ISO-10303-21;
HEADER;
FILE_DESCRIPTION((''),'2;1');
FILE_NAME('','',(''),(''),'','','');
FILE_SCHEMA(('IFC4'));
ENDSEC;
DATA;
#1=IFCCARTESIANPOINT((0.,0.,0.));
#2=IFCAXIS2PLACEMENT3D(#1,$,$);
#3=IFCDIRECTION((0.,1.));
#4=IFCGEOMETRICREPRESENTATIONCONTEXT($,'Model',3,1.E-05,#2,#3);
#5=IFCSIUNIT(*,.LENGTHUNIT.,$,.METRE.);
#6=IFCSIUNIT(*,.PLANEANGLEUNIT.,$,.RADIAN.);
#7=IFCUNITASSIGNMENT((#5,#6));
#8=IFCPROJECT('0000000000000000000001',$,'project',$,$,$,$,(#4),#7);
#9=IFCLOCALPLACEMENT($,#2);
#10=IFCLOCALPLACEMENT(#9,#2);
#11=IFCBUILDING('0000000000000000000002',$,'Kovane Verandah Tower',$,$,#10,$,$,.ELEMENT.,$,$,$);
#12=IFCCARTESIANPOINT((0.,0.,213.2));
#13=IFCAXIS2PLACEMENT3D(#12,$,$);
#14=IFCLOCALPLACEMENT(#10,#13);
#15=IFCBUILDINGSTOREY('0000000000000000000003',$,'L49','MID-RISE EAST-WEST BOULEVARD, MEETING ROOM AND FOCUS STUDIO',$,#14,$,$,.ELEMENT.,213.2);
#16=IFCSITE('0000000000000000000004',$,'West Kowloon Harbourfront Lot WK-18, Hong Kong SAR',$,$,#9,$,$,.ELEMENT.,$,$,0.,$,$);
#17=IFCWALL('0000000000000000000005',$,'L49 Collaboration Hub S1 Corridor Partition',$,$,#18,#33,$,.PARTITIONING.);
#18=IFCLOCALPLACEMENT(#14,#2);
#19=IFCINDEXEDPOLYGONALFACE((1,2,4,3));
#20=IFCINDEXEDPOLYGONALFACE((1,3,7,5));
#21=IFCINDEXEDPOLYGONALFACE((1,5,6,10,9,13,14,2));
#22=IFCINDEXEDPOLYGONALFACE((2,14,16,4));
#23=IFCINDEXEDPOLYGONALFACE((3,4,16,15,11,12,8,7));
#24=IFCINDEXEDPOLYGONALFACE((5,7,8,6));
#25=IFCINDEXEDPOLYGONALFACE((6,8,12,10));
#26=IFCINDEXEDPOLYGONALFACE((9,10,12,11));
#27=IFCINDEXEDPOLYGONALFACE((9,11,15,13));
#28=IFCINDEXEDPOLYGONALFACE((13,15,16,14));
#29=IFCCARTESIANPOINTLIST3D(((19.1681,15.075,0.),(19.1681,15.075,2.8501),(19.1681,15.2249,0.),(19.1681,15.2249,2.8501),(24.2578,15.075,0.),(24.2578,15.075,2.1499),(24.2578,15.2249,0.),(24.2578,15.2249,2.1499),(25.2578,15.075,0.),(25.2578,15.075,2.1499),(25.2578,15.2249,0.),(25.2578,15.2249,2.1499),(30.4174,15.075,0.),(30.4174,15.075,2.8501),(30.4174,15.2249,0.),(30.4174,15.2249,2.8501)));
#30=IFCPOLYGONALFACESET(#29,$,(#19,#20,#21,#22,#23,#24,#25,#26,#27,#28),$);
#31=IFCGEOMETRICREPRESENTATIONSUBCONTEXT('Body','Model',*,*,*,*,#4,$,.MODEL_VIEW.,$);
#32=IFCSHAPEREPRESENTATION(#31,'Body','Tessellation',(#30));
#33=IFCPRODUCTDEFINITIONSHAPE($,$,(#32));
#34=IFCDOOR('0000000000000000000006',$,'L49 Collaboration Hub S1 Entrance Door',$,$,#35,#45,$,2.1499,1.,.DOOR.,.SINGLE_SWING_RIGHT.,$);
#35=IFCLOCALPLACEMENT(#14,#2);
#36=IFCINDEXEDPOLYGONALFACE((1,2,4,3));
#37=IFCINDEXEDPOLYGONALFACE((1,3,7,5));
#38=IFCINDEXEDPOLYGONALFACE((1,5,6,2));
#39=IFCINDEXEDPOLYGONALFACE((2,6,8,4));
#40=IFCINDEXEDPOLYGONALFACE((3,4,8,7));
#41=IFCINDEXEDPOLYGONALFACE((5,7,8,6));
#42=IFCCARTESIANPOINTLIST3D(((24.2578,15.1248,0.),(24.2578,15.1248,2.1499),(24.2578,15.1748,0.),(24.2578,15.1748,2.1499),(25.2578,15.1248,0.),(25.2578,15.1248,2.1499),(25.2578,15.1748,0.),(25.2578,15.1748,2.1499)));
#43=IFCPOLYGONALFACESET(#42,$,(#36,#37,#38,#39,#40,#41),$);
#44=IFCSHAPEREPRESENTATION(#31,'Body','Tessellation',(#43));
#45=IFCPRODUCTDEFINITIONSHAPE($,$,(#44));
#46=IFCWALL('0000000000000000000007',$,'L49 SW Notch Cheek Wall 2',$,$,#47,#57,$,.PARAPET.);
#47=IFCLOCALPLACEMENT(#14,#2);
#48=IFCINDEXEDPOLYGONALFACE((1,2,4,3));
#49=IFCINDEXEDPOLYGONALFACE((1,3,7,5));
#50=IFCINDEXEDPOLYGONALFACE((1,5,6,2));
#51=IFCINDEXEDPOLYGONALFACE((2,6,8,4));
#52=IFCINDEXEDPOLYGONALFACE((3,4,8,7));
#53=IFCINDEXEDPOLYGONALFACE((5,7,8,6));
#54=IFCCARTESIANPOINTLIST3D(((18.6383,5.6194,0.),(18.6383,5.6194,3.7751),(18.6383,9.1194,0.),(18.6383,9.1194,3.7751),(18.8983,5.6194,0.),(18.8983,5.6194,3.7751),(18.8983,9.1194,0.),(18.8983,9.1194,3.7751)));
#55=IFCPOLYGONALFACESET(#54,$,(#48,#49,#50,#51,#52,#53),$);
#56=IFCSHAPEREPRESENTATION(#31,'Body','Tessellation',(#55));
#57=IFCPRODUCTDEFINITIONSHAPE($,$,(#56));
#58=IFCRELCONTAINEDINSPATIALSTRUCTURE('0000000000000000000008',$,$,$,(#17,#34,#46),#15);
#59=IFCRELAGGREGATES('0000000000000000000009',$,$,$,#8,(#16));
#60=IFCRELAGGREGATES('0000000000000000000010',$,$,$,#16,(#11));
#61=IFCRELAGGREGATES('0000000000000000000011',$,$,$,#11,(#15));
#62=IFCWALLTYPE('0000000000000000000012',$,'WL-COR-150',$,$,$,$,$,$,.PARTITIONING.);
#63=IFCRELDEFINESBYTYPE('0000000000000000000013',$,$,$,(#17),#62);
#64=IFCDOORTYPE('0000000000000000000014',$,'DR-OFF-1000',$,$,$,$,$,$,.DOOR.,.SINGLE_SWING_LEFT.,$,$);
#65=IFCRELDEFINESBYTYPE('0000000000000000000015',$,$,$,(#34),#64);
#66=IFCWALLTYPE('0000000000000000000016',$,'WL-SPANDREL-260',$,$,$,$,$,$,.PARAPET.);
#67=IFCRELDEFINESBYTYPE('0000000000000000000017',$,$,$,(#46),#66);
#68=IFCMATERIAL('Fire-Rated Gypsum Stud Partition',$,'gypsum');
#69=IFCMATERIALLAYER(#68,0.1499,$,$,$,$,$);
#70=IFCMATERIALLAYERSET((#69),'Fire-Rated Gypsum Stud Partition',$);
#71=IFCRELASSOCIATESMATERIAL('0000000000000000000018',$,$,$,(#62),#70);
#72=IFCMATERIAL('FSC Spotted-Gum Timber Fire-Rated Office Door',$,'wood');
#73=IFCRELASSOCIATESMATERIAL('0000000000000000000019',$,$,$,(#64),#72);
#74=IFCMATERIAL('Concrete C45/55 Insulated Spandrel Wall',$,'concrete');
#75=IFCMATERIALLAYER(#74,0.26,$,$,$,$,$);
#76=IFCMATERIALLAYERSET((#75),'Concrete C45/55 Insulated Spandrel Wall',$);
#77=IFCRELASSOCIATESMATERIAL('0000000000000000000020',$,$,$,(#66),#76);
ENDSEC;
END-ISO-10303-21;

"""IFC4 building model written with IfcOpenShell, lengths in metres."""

from ifc_helpers import new_model, si_unit, direction, frame, frame_2d, origin, place, context, subcontext, project, spatial, rectangle, extrude, material, layer, layer_set, type_object, element, fill, save


model = new_model("IFC4")

# Units and contexts
model_context = context("Model", 3, precision=1e-05, world=origin(), true_north=direction((0.0, 1.0)))
body_context = subcontext(model_context, "Body", "Model", "MODEL_VIEW")
ifc_project = project(units=[si_unit("LENGTHUNIT", "METRE"), si_unit("PLANEANGLEUNIT", "RADIAN")], contexts=[model_context])

# Site, building, storey
site_placement = place(None, origin())
site = spatial("IfcSite", under=ifc_project, at=site_placement, Name="West Kowloon Harbourfront Lot WK-18, Hong Kong SAR", CompositionType="ELEMENT", RefElevation=0.0)
building_placement = place(site_placement, origin())
building = spatial("IfcBuilding", under=site, at=building_placement, Name="Kovane Verandah Tower", CompositionType="ELEMENT")
storey_placement = place(building_placement, frame((0.0, 0.0, 213.2)))
storey = spatial("IfcBuildingStorey", under=building, at=storey_placement, Name="L49", Description="MID-RISE EAST-WEST BOULEVARD, MEETING ROOM AND FOCUS STUDIO", CompositionType="ELEMENT", Elevation=213.2)

# Wall, opening, door
ifc_material_1 = material(Name="Fire-Rated Gypsum Stud Partition", Category="gypsum")
ifc_layer_1 = layer(ifc_material_1, 0.1499)
ifc_layer_set_1 = layer_set([ifc_layer_1], Name="Fire-Rated Gypsum Stud Partition")
wall_type_1 = type_object("IfcWallType", Name="WL-COR-150", PredefinedType="PARTITIONING", material=ifc_layer_set_1)
wall_1_placement = place(storey_placement, frame((19.1682, 15.1499, 0.0), z_axis=(0.0, 0.0, 1.0), x_axis=(1.0, 0.0, 0.0)))
wall_1 = element("IfcWall", 1, at=wall_1_placement, inside=storey, type_object=wall_type_1, Name="L49 Collaboration Hub S1 Corridor Partition", PredefinedType="PARTITIONING", context=body_context, shape_type="SweptSolid", body=[
    extrude(rectangle(XDim=11.2493, YDim=0.1499, at=frame_2d((5.6245, 0.0))), origin(), (0.0, 0.0, 1.0), 2.8501),
])
opening_placement = place(wall_1_placement, frame((5.0896, 0.0, 0.0)))
opening = element("IfcOpeningElement", 2, at=opening_placement, cuts=wall_1, PredefinedType="OPENING", context=body_context, shape_type="SweptSolid", body=[
    extrude(rectangle(XDim=1.0, YDim=2.1499, at=frame_2d((0.5, 1.075))), frame((0.0, 0.075, 0.0), z_axis=(0.0, -1.0, 0.0), x_axis=(1.0, 0.0, 0.0)), (0.0, 0.0, 1.0), 0.1499),
])
ifc_material_2 = material(Name="FSC Spotted-Gum Timber Fire-Rated Office Door", Category="wood")
door_type = type_object("IfcDoorType", Name="DR-OFF-1000", OperationType="SINGLE_SWING_LEFT", PredefinedType="DOOR", material=ifc_material_2)
door_placement = place(opening_placement, origin())
door = element("IfcDoor", 3, at=door_placement, inside=storey, type_object=door_type, Name="L49 Collaboration Hub S1 Entrance Door", OperationType="SINGLE_SWING_RIGHT", OverallHeight=2.1499, OverallWidth=1.0, PredefinedType="DOOR", context=body_context, shape_type="SweptSolid", body=[
    extrude(rectangle(XDim=1.0, YDim=2.1499, at=frame_2d((0.5, 1.075))), frame((0.0, 0.0249, 0.0), z_axis=(0.0, -1.0, 0.0), x_axis=(1.0, 0.0, 0.0)), (0.0, 0.0, 1.0), 0.05),
])
fill(opening, door)

# Wall
ifc_material_3 = material(Name="Concrete C45/55 Insulated Spandrel Wall", Category="concrete")
ifc_layer_2 = layer(ifc_material_3, 0.26)
ifc_layer_set_2 = layer_set([ifc_layer_2], Name="Concrete C45/55 Insulated Spandrel Wall")
wall_type_2 = type_object("IfcWallType", Name="WL-SPANDREL-260", PredefinedType="PARAPET", material=ifc_layer_set_2)
wall_2_placement = place(storey_placement, frame((18.7683, 9.1194, 0.0), z_axis=(0.0, 0.0, 1.0), x_axis=(0.0, -1.0, 0.0)))
element("IfcWall", 4, at=wall_2_placement, inside=storey, type_object=wall_type_2, Name="L49 SW Notch Cheek Wall 2", PredefinedType="PARAPET", context=body_context, shape_type="SweptSolid", body=[
    extrude(rectangle(XDim=3.5, YDim=0.26, at=frame_2d((1.75, 0.0))), origin(), (0.0, 0.0, 1.0), 3.7751),
])

save(model, "model.ifc")
